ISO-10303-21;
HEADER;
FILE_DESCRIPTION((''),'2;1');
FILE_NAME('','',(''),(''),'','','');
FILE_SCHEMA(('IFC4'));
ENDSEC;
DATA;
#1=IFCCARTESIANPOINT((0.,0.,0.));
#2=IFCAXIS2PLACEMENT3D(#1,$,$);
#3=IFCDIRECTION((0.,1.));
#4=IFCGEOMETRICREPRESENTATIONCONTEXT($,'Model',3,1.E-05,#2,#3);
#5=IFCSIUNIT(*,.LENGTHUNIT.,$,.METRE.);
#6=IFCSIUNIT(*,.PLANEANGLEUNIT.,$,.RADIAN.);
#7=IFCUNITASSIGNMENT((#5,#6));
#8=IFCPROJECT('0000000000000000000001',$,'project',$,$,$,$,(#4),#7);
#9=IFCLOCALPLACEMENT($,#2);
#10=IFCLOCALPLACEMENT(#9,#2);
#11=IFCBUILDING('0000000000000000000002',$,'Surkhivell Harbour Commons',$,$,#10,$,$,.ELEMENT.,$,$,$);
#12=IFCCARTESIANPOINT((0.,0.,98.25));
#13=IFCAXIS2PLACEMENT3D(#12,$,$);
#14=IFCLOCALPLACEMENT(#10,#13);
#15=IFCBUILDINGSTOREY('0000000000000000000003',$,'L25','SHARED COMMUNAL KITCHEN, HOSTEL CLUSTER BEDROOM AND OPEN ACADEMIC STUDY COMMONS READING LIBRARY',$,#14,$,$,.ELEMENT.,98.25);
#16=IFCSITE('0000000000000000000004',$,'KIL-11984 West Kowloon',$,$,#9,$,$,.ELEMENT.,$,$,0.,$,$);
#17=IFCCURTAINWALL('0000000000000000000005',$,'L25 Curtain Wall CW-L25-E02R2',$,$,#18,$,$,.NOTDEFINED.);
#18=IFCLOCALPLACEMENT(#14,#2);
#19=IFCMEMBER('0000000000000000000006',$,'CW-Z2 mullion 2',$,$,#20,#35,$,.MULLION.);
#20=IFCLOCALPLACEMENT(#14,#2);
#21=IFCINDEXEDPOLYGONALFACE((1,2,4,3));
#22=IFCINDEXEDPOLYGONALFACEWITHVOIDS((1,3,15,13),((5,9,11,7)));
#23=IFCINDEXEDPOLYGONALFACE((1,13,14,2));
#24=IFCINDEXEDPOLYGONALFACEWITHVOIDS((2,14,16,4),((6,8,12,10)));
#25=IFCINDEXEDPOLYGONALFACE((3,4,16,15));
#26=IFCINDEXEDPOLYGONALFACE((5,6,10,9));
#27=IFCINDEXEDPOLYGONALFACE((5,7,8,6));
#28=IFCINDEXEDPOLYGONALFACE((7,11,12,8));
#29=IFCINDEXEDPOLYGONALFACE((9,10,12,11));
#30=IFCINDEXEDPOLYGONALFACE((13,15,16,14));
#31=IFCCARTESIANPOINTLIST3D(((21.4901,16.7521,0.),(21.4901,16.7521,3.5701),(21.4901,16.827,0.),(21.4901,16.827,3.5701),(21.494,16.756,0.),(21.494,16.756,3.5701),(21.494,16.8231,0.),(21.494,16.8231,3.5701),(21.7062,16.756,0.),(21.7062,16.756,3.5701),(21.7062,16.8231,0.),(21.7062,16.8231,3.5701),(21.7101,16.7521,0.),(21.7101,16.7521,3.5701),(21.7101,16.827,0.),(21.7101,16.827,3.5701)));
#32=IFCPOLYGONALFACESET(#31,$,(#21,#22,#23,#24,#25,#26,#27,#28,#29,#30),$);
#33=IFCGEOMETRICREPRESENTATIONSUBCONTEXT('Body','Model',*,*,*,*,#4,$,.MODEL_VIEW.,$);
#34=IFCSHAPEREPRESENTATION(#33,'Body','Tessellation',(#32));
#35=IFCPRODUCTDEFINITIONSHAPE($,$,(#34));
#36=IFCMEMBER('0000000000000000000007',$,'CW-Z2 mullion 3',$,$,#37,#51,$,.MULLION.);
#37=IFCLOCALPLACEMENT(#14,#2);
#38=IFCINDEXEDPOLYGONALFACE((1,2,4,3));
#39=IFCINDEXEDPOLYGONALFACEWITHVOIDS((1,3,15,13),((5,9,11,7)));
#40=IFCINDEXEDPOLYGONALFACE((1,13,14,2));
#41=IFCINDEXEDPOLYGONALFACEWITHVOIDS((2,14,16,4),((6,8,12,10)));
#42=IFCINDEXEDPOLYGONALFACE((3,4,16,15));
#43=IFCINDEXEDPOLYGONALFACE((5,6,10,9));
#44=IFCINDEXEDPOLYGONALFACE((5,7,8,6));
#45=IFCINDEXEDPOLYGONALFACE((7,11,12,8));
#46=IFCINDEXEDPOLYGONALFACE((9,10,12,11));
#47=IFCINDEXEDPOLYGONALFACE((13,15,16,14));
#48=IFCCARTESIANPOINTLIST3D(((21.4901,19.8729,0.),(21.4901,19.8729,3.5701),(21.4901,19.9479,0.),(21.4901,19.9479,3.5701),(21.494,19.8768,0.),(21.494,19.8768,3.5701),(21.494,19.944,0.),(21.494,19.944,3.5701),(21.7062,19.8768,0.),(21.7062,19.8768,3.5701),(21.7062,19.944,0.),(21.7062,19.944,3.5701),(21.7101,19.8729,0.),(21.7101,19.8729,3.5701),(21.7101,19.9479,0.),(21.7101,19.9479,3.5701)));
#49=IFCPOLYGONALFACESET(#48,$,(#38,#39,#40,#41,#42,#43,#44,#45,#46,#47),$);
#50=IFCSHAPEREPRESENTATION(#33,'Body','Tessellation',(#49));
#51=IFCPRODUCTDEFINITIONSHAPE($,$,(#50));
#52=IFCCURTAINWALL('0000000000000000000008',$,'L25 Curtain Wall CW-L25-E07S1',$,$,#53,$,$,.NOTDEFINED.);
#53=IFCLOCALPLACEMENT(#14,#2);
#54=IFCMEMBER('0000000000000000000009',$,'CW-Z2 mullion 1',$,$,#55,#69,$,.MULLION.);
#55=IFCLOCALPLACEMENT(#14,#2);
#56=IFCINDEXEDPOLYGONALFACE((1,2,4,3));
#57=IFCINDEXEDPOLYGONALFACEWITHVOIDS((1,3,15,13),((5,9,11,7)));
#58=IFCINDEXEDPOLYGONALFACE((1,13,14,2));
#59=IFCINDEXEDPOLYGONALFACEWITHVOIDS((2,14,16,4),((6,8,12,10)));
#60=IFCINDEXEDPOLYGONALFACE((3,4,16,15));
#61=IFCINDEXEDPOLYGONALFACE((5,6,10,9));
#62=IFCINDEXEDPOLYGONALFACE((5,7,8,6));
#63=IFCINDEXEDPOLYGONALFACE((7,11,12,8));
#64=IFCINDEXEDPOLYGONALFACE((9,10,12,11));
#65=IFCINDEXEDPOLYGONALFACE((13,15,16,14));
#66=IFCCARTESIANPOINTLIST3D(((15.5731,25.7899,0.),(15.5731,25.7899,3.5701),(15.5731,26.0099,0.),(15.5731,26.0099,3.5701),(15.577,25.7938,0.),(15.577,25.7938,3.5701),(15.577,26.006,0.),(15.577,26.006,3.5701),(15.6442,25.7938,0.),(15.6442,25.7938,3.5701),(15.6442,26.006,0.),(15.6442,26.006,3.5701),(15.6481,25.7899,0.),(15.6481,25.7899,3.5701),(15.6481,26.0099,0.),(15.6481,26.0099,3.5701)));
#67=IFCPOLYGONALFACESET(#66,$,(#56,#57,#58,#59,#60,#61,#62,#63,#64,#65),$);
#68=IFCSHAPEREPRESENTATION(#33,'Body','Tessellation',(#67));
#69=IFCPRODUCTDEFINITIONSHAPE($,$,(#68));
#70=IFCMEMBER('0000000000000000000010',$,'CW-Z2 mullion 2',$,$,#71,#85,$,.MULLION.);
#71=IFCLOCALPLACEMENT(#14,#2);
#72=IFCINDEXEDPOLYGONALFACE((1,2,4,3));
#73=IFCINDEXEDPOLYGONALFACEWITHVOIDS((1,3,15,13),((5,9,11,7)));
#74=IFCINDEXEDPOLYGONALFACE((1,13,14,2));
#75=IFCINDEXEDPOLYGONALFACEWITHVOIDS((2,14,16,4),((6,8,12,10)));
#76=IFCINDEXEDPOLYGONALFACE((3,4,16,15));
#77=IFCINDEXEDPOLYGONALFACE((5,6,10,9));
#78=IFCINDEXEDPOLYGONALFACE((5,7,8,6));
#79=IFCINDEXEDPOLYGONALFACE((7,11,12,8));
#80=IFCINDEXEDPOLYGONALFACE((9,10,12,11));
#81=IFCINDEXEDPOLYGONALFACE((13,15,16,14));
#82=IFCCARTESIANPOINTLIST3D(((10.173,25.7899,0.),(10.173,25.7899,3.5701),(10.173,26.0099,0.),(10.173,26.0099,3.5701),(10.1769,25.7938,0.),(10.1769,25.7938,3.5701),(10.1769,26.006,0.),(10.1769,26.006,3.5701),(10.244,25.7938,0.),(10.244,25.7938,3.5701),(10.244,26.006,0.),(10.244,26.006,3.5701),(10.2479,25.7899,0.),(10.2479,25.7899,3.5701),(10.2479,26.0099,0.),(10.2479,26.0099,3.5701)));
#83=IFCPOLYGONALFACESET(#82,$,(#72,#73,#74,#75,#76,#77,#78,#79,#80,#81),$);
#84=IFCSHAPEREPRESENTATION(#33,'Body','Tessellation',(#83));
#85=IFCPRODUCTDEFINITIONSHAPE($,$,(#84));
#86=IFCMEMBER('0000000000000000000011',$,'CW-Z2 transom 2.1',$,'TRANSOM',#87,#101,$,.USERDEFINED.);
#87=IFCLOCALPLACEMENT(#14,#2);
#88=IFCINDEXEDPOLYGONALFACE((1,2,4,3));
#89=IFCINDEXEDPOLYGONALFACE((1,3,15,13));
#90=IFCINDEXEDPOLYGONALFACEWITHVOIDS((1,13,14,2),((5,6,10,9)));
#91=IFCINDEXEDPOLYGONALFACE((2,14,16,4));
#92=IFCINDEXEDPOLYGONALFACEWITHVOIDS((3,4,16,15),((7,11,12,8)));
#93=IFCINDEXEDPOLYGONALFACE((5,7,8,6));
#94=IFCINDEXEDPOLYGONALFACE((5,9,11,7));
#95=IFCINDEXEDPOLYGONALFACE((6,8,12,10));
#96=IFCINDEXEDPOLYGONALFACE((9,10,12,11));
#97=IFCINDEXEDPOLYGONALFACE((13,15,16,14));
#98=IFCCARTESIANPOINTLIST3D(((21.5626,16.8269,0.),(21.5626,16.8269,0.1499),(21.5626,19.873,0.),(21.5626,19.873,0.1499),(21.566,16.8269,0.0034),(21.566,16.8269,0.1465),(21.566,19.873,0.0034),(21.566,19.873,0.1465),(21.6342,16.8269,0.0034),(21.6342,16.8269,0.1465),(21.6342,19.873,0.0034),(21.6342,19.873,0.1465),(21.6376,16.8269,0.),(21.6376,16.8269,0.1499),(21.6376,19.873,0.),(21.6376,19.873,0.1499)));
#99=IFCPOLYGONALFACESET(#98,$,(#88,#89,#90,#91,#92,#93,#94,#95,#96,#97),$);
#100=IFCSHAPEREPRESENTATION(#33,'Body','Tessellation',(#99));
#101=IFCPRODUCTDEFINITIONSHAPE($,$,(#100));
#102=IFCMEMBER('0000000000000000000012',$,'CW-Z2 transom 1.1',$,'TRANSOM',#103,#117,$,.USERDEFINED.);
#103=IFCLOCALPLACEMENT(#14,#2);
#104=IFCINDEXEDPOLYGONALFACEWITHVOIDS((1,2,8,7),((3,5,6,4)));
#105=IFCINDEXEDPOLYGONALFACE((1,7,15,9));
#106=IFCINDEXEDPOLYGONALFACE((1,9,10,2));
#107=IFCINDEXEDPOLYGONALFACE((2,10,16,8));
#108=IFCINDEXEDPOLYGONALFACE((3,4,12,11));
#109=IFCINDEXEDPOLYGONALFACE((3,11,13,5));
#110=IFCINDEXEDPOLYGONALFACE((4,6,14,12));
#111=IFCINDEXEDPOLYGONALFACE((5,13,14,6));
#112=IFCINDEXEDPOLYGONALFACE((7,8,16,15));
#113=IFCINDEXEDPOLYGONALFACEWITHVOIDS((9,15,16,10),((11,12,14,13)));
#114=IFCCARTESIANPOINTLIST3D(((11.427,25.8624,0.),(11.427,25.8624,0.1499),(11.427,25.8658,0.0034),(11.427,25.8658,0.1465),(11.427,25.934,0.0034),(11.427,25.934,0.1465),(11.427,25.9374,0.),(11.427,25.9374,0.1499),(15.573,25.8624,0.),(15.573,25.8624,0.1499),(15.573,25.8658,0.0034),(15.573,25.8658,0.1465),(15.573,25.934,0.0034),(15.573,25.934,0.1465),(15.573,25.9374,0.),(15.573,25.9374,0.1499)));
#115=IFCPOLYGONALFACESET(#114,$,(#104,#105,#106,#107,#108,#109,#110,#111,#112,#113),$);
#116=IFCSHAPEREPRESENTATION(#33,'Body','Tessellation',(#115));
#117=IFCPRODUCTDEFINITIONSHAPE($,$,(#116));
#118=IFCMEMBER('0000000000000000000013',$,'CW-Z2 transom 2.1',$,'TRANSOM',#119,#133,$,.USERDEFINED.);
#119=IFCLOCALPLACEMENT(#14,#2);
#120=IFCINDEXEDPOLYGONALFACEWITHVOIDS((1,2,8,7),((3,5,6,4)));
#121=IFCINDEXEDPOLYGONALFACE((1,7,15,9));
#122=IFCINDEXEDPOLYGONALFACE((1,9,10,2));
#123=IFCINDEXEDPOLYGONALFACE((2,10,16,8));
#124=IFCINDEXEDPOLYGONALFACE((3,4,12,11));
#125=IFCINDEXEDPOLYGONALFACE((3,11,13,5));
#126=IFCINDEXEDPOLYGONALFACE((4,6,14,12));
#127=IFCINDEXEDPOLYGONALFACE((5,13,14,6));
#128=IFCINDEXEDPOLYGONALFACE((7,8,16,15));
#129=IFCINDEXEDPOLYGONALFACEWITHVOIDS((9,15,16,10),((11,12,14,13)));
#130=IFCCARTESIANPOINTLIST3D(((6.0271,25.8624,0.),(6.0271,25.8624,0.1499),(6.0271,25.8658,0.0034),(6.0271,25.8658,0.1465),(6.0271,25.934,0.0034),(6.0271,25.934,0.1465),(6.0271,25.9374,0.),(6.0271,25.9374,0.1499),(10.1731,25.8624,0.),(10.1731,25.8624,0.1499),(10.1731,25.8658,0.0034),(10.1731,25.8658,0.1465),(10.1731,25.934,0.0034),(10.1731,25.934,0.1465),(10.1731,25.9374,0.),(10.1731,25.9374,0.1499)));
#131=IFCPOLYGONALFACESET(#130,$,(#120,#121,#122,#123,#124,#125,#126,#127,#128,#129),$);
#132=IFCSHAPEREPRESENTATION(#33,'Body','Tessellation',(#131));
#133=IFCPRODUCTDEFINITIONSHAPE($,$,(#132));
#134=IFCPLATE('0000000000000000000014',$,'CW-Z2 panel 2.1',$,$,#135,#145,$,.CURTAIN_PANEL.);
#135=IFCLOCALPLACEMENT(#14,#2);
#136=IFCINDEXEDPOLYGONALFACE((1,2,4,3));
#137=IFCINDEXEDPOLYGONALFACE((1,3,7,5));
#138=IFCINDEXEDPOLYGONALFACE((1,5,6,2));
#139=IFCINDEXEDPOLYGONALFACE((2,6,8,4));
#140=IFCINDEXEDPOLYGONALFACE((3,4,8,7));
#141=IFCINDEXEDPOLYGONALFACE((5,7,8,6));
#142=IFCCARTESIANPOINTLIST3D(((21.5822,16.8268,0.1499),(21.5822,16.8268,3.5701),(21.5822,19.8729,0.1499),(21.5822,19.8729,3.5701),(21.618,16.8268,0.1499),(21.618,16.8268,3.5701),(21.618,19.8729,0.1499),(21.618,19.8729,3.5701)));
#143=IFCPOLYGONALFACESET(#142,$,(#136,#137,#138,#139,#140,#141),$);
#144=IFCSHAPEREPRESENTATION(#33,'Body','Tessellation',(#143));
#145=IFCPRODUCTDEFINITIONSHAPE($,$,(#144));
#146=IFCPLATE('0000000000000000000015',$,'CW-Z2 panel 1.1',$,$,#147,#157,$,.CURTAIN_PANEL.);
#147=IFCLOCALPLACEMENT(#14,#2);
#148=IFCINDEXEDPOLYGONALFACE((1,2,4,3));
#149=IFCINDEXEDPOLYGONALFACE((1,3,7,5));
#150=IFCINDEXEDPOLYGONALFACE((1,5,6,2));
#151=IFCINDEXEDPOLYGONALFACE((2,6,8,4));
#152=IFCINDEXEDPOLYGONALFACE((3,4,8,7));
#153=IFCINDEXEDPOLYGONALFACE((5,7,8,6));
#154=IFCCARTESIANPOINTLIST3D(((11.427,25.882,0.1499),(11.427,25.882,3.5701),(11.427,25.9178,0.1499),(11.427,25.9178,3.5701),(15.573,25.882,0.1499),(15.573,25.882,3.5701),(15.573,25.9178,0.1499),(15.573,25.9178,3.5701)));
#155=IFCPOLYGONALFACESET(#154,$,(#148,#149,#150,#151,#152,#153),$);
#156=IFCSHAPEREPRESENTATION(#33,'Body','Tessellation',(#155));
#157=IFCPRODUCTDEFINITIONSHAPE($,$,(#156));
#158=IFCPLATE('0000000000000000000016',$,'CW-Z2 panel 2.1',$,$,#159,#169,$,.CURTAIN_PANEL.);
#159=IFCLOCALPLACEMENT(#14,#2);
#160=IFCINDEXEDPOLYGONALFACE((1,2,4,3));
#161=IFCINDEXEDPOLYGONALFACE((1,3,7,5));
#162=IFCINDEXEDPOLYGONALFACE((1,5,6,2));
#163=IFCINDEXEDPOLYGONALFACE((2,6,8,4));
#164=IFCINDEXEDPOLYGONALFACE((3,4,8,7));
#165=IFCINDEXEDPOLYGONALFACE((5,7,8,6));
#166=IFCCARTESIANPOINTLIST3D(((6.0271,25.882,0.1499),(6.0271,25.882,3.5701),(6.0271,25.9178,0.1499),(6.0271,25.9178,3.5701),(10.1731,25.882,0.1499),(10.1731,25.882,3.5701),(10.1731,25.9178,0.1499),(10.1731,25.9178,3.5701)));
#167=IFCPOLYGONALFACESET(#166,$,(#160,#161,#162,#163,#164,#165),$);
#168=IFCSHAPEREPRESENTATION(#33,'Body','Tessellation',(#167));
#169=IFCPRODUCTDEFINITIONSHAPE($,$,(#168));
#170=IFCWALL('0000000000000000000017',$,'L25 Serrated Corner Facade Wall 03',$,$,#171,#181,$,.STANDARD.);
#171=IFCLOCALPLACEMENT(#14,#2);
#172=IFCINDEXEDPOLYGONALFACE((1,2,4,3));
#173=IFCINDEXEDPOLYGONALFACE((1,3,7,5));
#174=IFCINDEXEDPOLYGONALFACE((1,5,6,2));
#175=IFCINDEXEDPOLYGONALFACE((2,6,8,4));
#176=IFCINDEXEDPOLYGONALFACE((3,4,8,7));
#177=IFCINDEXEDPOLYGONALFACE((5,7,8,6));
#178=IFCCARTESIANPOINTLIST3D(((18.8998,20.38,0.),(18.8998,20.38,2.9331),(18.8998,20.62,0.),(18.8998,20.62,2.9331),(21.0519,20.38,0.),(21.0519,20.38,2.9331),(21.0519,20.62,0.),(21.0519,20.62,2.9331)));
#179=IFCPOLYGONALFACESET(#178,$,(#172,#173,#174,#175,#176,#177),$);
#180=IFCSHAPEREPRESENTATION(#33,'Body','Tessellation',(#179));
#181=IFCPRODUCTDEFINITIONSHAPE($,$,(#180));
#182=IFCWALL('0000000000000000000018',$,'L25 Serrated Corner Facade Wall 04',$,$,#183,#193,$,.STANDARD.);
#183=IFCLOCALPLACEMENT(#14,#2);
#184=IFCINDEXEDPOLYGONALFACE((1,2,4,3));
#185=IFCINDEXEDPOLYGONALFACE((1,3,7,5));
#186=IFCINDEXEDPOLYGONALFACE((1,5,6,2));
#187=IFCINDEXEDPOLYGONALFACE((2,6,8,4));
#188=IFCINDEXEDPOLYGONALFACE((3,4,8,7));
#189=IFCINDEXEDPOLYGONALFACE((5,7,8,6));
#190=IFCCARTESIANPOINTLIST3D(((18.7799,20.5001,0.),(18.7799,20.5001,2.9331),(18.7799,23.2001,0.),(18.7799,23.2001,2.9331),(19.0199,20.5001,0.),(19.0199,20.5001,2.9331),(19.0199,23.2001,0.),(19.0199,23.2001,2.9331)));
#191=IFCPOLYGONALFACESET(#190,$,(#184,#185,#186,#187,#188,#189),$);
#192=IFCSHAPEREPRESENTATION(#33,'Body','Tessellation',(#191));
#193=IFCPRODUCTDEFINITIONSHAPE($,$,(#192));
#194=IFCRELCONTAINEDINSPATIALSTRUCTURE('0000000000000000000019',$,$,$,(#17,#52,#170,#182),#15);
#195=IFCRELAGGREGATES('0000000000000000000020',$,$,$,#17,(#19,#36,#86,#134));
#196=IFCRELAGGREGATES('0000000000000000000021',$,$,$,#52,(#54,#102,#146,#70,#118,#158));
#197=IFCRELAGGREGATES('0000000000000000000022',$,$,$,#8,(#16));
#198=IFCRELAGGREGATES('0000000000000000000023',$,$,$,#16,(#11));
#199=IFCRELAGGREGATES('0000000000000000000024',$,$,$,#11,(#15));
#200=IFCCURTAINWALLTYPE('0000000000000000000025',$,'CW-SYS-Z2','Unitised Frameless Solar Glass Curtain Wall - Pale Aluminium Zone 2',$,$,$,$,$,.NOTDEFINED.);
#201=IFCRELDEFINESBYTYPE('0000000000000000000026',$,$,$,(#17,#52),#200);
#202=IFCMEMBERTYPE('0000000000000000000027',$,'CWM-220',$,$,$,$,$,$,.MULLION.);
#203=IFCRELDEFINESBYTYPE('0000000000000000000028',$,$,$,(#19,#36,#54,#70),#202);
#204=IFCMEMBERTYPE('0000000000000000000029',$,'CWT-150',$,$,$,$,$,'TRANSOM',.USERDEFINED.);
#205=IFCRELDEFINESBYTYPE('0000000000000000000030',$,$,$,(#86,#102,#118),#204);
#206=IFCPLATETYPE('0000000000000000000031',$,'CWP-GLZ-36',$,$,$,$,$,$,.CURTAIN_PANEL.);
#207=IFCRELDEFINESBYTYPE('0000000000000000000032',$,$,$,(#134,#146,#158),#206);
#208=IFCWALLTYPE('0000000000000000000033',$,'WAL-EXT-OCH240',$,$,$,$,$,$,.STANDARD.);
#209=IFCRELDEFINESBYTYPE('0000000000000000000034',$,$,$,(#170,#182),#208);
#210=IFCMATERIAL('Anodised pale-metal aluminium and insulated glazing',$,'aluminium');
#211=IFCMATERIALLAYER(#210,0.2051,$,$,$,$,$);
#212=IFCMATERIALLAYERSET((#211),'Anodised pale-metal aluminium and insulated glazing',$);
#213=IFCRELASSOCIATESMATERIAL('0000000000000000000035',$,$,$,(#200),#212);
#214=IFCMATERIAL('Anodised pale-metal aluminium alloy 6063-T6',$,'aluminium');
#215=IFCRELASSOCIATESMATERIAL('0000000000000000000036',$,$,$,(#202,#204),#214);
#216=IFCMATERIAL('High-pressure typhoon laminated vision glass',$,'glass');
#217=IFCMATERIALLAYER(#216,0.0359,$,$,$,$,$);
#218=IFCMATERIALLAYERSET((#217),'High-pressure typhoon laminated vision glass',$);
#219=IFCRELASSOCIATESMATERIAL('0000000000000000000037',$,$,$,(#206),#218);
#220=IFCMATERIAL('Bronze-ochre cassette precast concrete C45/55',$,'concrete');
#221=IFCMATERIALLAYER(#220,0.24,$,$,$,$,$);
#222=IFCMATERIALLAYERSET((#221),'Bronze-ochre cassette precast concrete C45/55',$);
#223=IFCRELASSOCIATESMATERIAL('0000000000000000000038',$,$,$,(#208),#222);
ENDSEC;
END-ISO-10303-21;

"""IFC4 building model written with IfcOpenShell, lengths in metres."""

from ifc_helpers import new_model, si_unit, direction, frame, frame_2d, origin, origin_2d, place, context, subcontext, project, spatial, rectangle, hollow_rectangle, extrude, material, layer, layer_set, material_profile, profile_set, type_object, element, aggregate, save


model = new_model("IFC4")

# Units and contexts
model_context = context("Model", 3, precision=1e-05, world=origin(), true_north=direction((0.0, 1.0)))
body_context = subcontext(model_context, "Body", "Model", "MODEL_VIEW")
ifc_project = project(units=[si_unit("LENGTHUNIT", "METRE"), si_unit("PLANEANGLEUNIT", "RADIAN")], contexts=[model_context])

# Site, building, storey
site_placement = place(None, origin())
site = spatial("IfcSite", under=ifc_project, at=site_placement, Name="KIL-11984 West Kowloon", CompositionType="ELEMENT", RefElevation=0.0)
building_placement = place(site_placement, origin())
building = spatial("IfcBuilding", under=site, at=building_placement, Name="Surkhivell Harbour Commons", CompositionType="ELEMENT")
storey_placement = place(building_placement, frame((0.0, 0.0, 98.25)))
storey = spatial("IfcBuildingStorey", under=building, at=storey_placement, Name="L25", Description="SHARED COMMUNAL KITCHEN, HOSTEL CLUSTER BEDROOM AND OPEN ACADEMIC STUDY COMMONS READING LIBRARY", CompositionType="ELEMENT", Elevation=98.25)

# Curtain walls, members
ifc_material_1 = material(Name="Anodised pale-metal aluminium and insulated glazing", Category="aluminium")
ifc_layer_1 = layer(ifc_material_1, 0.2051)
ifc_layer_set_1 = layer_set([ifc_layer_1], Name="Anodised pale-metal aluminium and insulated glazing")
curtain_wall_type = type_object("IfcCurtainWallType", Name="CW-SYS-Z2", Description="Unitised Frameless Solar Glass Curtain Wall - Pale Aluminium Zone 2", PredefinedType="NOTDEFINED", material=ifc_layer_set_1)
curtain_wall_1_placement = place(storey_placement, origin())
curtain_wall_1 = element("IfcCurtainWall", 1, at=curtain_wall_1_placement, inside=storey, type_object=curtain_wall_type, Name="L25 Curtain Wall CW-L25-E02R2", PredefinedType="NOTDEFINED")
ifc_material_2 = material(Name="Anodised pale-metal aluminium alloy 6063-T6", Category="aluminium")
ifc_material_profile_1 = material_profile(ifc_material_2, hollow_rectangle(XDim=0.075, YDim=0.22, WallThickness=0.0039, at=origin_2d()), Name="ALU-MULL-75x220")
ifc_profile_set_1 = profile_set([ifc_material_profile_1], Name="Anodised pale-metal aluminium alloy 6063-T6")
member_type_1 = type_object("IfcMemberType", Name="CWM-220", PredefinedType="MULLION", material=ifc_profile_set_1)
member_1_placement = place(storey_placement, frame((21.6001, 16.7896, 0.0), z_axis=(0.0, 0.0, 1.0), x_axis=(0.0, 1.0, 0.0)))
member_1 = element("IfcMember", 2, at=member_1_placement, type_object=member_type_1, Name="CW-Z2 mullion 2", PredefinedType="MULLION", context=body_context, shape_type="SweptSolid", body=[
    extrude(hollow_rectangle(XDim=0.075, YDim=0.22, WallThickness=0.0039, at=origin_2d()), origin(), (0.0, 0.0, 1.0), 3.5701),
])
member_2_placement = place(storey_placement, frame((21.6001, 19.9104, 0.0), z_axis=(0.0, 0.0, 1.0), x_axis=(0.0, 1.0, 0.0)))
member_2 = element("IfcMember", 3, at=member_2_placement, type_object=member_type_1, Name="CW-Z2 mullion 3", PredefinedType="MULLION", context=body_context, shape_type="SweptSolid", body=[
    extrude(hollow_rectangle(XDim=0.075, YDim=0.22, WallThickness=0.0039, at=origin_2d()), origin(), (0.0, 0.0, 1.0), 3.5701),
])
curtain_wall_2_placement = place(storey_placement, origin())
curtain_wall_2 = element("IfcCurtainWall", 4, at=curtain_wall_2_placement, inside=storey, type_object=curtain_wall_type, Name="L25 Curtain Wall CW-L25-E07S1", PredefinedType="NOTDEFINED")
member_3_placement = place(storey_placement, frame((15.6106, 25.8999, 0.0), z_axis=(0.0, 0.0, 1.0), x_axis=(-1.0, 0.0, 0.0)))
member_3 = element("IfcMember", 5, at=member_3_placement, type_object=member_type_1, Name="CW-Z2 mullion 1", PredefinedType="MULLION", context=body_context, shape_type="SweptSolid", body=[
    extrude(hollow_rectangle(XDim=0.075, YDim=0.22, WallThickness=0.0039, at=origin_2d()), origin(), (0.0, 0.0, 1.0), 3.5701),
])
member_4_placement = place(storey_placement, frame((10.2104, 25.8999, 0.0), z_axis=(0.0, 0.0, 1.0), x_axis=(-1.0, 0.0, 0.0)))
member_4 = element("IfcMember", 6, at=member_4_placement, type_object=member_type_1, Name="CW-Z2 mullion 2", PredefinedType="MULLION", context=body_context, shape_type="SweptSolid", body=[
    extrude(hollow_rectangle(XDim=0.075, YDim=0.22, WallThickness=0.0039, at=origin_2d()), origin(), (0.0, 0.0, 1.0), 3.5701),
])

# Members
ifc_material_profile_2 = material_profile(ifc_material_2, hollow_rectangle(XDim=0.075, YDim=0.1499, WallThickness=0.0034, at=origin_2d()), Name="ALU-TRAN-75x150")
ifc_profile_set_2 = profile_set([ifc_material_profile_2], Name="Anodised pale-metal aluminium alloy 6063-T6")
member_type_2 = type_object("IfcMemberType", Name="CWT-150", ElementType="TRANSOM", PredefinedType="USERDEFINED", material=ifc_profile_set_2)
member_5_placement = place(storey_placement, frame((21.6001, 16.8269, 0.075), z_axis=(0.0, 1.0, 0.0), x_axis=(-1.0, 0.0, 0.0)))
member_5 = element("IfcMember", 7, at=member_5_placement, type_object=member_type_2, Name="CW-Z2 transom 2.1", ObjectType="TRANSOM", PredefinedType="USERDEFINED", context=body_context, shape_type="SweptSolid", body=[
    extrude(hollow_rectangle(XDim=0.075, YDim=0.1499, WallThickness=0.0034, at=origin_2d()), origin(), (0.0, 0.0, 1.0), 3.0461),
])
member_6_placement = place(storey_placement, frame((15.573, 25.8999, 0.075), z_axis=(-1.0, 0.0, 0.0), x_axis=(0.0, -1.0, 0.0)))
member_6 = element("IfcMember", 8, at=member_6_placement, type_object=member_type_2, Name="CW-Z2 transom 1.1", ObjectType="TRANSOM", PredefinedType="USERDEFINED", context=body_context, shape_type="SweptSolid", body=[
    extrude(hollow_rectangle(XDim=0.075, YDim=0.1499, WallThickness=0.0034, at=origin_2d()), origin(), (0.0, 0.0, 1.0), 4.146),
])
member_7_placement = place(storey_placement, frame((10.1731, 25.8999, 0.075), z_axis=(-1.0, 0.0, 0.0), x_axis=(0.0, -1.0, 0.0)))
member_7 = element("IfcMember", 9, at=member_7_placement, type_object=member_type_2, Name="CW-Z2 transom 2.1", ObjectType="TRANSOM", PredefinedType="USERDEFINED", context=body_context, shape_type="SweptSolid", body=[
    extrude(hollow_rectangle(XDim=0.075, YDim=0.1499, WallThickness=0.0034, at=origin_2d()), origin(), (0.0, 0.0, 1.0), 4.146),
])

# Plates
ifc_material_3 = material(Name="High-pressure typhoon laminated vision glass", Category="glass")
ifc_layer_2 = layer(ifc_material_3, 0.0359)
ifc_layer_set_2 = layer_set([ifc_layer_2], Name="High-pressure typhoon laminated vision glass")
plate_type = type_object("IfcPlateType", Name="CWP-GLZ-36", PredefinedType="CURTAIN_PANEL", material=ifc_layer_set_2)
plate_1_placement = place(storey_placement, frame((21.6001, 16.8269, 0.1499), z_axis=(0.0, 0.0, 1.0), x_axis=(0.0, 1.0, 0.0)))
plate_1 = element("IfcPlate", 10, at=plate_1_placement, type_object=plate_type, Name="CW-Z2 panel 2.1", PredefinedType="CURTAIN_PANEL", context=body_context, shape_type="SweptSolid", body=[
    extrude(rectangle(XDim=3.0461, YDim=0.0359, at=frame_2d((1.5229, 0.0))), origin(), (0.0, 0.0, 1.0), 3.4202),
])
aggregate(curtain_wall_1, [member_1, member_2, member_5, plate_1])
plate_2_placement = place(storey_placement, frame((15.573, 25.8999, 0.1499), z_axis=(0.0, 0.0, 1.0), x_axis=(-1.0, 0.0, 0.0)))
plate_2 = element("IfcPlate", 11, at=plate_2_placement, type_object=plate_type, Name="CW-Z2 panel 1.1", PredefinedType="CURTAIN_PANEL", context=body_context, shape_type="SweptSolid", body=[
    extrude(rectangle(XDim=4.146, YDim=0.0359, at=frame_2d((2.073, 0.0))), origin(), (0.0, 0.0, 1.0), 3.4202),
])
plate_3_placement = place(storey_placement, frame((10.1731, 25.8999, 0.1499), z_axis=(0.0, 0.0, 1.0), x_axis=(-1.0, 0.0, 0.0)))
plate_3 = element("IfcPlate", 12, at=plate_3_placement, type_object=plate_type, Name="CW-Z2 panel 2.1", PredefinedType="CURTAIN_PANEL", context=body_context, shape_type="SweptSolid", body=[
    extrude(rectangle(XDim=4.146, YDim=0.0359, at=frame_2d((2.073, 0.0))), origin(), (0.0, 0.0, 1.0), 3.4202),
])
aggregate(curtain_wall_2, [member_3, member_6, plate_2, member_4, member_7, plate_3])

# Walls
ifc_material_4 = material(Name="Bronze-ochre cassette precast concrete C45/55", Category="concrete")
ifc_layer_3 = layer(ifc_material_4, 0.24)
ifc_layer_set_3 = layer_set([ifc_layer_3], Name="Bronze-ochre cassette precast concrete C45/55")
wall_type = type_object("IfcWallType", Name="WAL-EXT-OCH240", PredefinedType="STANDARD", material=ifc_layer_set_3)
wall_1_placement = place(storey_placement, frame((21.052, 20.5, 0.0), z_axis=(0.0, 0.0, 1.0), x_axis=(-1.0, 0.0, 0.0)))
element("IfcWall", 13, at=wall_1_placement, inside=storey, type_object=wall_type, Name="L25 Serrated Corner Facade Wall 03", PredefinedType="STANDARD", context=body_context, shape_type="SweptSolid", body=[
    extrude(rectangle(XDim=2.1521, YDim=0.24, at=frame_2d((1.0762, 0.0))), origin(), (0.0, 0.0, 1.0), 2.9331),
])
wall_2_placement = place(storey_placement, frame((18.8999, 20.5, 0.0), z_axis=(0.0, 0.0, 1.0), x_axis=(0.0, 1.0, 0.0)))
element("IfcWall", 14, at=wall_2_placement, inside=storey, type_object=wall_type, Name="L25 Serrated Corner Facade Wall 04", PredefinedType="STANDARD", context=body_context, shape_type="SweptSolid", body=[
    extrude(rectangle(XDim=2.7, YDim=0.24, at=frame_2d((1.3501, 0.0))), origin(), (0.0, 0.0, 1.0), 2.9331),
])

save(model, "model.ifc")
